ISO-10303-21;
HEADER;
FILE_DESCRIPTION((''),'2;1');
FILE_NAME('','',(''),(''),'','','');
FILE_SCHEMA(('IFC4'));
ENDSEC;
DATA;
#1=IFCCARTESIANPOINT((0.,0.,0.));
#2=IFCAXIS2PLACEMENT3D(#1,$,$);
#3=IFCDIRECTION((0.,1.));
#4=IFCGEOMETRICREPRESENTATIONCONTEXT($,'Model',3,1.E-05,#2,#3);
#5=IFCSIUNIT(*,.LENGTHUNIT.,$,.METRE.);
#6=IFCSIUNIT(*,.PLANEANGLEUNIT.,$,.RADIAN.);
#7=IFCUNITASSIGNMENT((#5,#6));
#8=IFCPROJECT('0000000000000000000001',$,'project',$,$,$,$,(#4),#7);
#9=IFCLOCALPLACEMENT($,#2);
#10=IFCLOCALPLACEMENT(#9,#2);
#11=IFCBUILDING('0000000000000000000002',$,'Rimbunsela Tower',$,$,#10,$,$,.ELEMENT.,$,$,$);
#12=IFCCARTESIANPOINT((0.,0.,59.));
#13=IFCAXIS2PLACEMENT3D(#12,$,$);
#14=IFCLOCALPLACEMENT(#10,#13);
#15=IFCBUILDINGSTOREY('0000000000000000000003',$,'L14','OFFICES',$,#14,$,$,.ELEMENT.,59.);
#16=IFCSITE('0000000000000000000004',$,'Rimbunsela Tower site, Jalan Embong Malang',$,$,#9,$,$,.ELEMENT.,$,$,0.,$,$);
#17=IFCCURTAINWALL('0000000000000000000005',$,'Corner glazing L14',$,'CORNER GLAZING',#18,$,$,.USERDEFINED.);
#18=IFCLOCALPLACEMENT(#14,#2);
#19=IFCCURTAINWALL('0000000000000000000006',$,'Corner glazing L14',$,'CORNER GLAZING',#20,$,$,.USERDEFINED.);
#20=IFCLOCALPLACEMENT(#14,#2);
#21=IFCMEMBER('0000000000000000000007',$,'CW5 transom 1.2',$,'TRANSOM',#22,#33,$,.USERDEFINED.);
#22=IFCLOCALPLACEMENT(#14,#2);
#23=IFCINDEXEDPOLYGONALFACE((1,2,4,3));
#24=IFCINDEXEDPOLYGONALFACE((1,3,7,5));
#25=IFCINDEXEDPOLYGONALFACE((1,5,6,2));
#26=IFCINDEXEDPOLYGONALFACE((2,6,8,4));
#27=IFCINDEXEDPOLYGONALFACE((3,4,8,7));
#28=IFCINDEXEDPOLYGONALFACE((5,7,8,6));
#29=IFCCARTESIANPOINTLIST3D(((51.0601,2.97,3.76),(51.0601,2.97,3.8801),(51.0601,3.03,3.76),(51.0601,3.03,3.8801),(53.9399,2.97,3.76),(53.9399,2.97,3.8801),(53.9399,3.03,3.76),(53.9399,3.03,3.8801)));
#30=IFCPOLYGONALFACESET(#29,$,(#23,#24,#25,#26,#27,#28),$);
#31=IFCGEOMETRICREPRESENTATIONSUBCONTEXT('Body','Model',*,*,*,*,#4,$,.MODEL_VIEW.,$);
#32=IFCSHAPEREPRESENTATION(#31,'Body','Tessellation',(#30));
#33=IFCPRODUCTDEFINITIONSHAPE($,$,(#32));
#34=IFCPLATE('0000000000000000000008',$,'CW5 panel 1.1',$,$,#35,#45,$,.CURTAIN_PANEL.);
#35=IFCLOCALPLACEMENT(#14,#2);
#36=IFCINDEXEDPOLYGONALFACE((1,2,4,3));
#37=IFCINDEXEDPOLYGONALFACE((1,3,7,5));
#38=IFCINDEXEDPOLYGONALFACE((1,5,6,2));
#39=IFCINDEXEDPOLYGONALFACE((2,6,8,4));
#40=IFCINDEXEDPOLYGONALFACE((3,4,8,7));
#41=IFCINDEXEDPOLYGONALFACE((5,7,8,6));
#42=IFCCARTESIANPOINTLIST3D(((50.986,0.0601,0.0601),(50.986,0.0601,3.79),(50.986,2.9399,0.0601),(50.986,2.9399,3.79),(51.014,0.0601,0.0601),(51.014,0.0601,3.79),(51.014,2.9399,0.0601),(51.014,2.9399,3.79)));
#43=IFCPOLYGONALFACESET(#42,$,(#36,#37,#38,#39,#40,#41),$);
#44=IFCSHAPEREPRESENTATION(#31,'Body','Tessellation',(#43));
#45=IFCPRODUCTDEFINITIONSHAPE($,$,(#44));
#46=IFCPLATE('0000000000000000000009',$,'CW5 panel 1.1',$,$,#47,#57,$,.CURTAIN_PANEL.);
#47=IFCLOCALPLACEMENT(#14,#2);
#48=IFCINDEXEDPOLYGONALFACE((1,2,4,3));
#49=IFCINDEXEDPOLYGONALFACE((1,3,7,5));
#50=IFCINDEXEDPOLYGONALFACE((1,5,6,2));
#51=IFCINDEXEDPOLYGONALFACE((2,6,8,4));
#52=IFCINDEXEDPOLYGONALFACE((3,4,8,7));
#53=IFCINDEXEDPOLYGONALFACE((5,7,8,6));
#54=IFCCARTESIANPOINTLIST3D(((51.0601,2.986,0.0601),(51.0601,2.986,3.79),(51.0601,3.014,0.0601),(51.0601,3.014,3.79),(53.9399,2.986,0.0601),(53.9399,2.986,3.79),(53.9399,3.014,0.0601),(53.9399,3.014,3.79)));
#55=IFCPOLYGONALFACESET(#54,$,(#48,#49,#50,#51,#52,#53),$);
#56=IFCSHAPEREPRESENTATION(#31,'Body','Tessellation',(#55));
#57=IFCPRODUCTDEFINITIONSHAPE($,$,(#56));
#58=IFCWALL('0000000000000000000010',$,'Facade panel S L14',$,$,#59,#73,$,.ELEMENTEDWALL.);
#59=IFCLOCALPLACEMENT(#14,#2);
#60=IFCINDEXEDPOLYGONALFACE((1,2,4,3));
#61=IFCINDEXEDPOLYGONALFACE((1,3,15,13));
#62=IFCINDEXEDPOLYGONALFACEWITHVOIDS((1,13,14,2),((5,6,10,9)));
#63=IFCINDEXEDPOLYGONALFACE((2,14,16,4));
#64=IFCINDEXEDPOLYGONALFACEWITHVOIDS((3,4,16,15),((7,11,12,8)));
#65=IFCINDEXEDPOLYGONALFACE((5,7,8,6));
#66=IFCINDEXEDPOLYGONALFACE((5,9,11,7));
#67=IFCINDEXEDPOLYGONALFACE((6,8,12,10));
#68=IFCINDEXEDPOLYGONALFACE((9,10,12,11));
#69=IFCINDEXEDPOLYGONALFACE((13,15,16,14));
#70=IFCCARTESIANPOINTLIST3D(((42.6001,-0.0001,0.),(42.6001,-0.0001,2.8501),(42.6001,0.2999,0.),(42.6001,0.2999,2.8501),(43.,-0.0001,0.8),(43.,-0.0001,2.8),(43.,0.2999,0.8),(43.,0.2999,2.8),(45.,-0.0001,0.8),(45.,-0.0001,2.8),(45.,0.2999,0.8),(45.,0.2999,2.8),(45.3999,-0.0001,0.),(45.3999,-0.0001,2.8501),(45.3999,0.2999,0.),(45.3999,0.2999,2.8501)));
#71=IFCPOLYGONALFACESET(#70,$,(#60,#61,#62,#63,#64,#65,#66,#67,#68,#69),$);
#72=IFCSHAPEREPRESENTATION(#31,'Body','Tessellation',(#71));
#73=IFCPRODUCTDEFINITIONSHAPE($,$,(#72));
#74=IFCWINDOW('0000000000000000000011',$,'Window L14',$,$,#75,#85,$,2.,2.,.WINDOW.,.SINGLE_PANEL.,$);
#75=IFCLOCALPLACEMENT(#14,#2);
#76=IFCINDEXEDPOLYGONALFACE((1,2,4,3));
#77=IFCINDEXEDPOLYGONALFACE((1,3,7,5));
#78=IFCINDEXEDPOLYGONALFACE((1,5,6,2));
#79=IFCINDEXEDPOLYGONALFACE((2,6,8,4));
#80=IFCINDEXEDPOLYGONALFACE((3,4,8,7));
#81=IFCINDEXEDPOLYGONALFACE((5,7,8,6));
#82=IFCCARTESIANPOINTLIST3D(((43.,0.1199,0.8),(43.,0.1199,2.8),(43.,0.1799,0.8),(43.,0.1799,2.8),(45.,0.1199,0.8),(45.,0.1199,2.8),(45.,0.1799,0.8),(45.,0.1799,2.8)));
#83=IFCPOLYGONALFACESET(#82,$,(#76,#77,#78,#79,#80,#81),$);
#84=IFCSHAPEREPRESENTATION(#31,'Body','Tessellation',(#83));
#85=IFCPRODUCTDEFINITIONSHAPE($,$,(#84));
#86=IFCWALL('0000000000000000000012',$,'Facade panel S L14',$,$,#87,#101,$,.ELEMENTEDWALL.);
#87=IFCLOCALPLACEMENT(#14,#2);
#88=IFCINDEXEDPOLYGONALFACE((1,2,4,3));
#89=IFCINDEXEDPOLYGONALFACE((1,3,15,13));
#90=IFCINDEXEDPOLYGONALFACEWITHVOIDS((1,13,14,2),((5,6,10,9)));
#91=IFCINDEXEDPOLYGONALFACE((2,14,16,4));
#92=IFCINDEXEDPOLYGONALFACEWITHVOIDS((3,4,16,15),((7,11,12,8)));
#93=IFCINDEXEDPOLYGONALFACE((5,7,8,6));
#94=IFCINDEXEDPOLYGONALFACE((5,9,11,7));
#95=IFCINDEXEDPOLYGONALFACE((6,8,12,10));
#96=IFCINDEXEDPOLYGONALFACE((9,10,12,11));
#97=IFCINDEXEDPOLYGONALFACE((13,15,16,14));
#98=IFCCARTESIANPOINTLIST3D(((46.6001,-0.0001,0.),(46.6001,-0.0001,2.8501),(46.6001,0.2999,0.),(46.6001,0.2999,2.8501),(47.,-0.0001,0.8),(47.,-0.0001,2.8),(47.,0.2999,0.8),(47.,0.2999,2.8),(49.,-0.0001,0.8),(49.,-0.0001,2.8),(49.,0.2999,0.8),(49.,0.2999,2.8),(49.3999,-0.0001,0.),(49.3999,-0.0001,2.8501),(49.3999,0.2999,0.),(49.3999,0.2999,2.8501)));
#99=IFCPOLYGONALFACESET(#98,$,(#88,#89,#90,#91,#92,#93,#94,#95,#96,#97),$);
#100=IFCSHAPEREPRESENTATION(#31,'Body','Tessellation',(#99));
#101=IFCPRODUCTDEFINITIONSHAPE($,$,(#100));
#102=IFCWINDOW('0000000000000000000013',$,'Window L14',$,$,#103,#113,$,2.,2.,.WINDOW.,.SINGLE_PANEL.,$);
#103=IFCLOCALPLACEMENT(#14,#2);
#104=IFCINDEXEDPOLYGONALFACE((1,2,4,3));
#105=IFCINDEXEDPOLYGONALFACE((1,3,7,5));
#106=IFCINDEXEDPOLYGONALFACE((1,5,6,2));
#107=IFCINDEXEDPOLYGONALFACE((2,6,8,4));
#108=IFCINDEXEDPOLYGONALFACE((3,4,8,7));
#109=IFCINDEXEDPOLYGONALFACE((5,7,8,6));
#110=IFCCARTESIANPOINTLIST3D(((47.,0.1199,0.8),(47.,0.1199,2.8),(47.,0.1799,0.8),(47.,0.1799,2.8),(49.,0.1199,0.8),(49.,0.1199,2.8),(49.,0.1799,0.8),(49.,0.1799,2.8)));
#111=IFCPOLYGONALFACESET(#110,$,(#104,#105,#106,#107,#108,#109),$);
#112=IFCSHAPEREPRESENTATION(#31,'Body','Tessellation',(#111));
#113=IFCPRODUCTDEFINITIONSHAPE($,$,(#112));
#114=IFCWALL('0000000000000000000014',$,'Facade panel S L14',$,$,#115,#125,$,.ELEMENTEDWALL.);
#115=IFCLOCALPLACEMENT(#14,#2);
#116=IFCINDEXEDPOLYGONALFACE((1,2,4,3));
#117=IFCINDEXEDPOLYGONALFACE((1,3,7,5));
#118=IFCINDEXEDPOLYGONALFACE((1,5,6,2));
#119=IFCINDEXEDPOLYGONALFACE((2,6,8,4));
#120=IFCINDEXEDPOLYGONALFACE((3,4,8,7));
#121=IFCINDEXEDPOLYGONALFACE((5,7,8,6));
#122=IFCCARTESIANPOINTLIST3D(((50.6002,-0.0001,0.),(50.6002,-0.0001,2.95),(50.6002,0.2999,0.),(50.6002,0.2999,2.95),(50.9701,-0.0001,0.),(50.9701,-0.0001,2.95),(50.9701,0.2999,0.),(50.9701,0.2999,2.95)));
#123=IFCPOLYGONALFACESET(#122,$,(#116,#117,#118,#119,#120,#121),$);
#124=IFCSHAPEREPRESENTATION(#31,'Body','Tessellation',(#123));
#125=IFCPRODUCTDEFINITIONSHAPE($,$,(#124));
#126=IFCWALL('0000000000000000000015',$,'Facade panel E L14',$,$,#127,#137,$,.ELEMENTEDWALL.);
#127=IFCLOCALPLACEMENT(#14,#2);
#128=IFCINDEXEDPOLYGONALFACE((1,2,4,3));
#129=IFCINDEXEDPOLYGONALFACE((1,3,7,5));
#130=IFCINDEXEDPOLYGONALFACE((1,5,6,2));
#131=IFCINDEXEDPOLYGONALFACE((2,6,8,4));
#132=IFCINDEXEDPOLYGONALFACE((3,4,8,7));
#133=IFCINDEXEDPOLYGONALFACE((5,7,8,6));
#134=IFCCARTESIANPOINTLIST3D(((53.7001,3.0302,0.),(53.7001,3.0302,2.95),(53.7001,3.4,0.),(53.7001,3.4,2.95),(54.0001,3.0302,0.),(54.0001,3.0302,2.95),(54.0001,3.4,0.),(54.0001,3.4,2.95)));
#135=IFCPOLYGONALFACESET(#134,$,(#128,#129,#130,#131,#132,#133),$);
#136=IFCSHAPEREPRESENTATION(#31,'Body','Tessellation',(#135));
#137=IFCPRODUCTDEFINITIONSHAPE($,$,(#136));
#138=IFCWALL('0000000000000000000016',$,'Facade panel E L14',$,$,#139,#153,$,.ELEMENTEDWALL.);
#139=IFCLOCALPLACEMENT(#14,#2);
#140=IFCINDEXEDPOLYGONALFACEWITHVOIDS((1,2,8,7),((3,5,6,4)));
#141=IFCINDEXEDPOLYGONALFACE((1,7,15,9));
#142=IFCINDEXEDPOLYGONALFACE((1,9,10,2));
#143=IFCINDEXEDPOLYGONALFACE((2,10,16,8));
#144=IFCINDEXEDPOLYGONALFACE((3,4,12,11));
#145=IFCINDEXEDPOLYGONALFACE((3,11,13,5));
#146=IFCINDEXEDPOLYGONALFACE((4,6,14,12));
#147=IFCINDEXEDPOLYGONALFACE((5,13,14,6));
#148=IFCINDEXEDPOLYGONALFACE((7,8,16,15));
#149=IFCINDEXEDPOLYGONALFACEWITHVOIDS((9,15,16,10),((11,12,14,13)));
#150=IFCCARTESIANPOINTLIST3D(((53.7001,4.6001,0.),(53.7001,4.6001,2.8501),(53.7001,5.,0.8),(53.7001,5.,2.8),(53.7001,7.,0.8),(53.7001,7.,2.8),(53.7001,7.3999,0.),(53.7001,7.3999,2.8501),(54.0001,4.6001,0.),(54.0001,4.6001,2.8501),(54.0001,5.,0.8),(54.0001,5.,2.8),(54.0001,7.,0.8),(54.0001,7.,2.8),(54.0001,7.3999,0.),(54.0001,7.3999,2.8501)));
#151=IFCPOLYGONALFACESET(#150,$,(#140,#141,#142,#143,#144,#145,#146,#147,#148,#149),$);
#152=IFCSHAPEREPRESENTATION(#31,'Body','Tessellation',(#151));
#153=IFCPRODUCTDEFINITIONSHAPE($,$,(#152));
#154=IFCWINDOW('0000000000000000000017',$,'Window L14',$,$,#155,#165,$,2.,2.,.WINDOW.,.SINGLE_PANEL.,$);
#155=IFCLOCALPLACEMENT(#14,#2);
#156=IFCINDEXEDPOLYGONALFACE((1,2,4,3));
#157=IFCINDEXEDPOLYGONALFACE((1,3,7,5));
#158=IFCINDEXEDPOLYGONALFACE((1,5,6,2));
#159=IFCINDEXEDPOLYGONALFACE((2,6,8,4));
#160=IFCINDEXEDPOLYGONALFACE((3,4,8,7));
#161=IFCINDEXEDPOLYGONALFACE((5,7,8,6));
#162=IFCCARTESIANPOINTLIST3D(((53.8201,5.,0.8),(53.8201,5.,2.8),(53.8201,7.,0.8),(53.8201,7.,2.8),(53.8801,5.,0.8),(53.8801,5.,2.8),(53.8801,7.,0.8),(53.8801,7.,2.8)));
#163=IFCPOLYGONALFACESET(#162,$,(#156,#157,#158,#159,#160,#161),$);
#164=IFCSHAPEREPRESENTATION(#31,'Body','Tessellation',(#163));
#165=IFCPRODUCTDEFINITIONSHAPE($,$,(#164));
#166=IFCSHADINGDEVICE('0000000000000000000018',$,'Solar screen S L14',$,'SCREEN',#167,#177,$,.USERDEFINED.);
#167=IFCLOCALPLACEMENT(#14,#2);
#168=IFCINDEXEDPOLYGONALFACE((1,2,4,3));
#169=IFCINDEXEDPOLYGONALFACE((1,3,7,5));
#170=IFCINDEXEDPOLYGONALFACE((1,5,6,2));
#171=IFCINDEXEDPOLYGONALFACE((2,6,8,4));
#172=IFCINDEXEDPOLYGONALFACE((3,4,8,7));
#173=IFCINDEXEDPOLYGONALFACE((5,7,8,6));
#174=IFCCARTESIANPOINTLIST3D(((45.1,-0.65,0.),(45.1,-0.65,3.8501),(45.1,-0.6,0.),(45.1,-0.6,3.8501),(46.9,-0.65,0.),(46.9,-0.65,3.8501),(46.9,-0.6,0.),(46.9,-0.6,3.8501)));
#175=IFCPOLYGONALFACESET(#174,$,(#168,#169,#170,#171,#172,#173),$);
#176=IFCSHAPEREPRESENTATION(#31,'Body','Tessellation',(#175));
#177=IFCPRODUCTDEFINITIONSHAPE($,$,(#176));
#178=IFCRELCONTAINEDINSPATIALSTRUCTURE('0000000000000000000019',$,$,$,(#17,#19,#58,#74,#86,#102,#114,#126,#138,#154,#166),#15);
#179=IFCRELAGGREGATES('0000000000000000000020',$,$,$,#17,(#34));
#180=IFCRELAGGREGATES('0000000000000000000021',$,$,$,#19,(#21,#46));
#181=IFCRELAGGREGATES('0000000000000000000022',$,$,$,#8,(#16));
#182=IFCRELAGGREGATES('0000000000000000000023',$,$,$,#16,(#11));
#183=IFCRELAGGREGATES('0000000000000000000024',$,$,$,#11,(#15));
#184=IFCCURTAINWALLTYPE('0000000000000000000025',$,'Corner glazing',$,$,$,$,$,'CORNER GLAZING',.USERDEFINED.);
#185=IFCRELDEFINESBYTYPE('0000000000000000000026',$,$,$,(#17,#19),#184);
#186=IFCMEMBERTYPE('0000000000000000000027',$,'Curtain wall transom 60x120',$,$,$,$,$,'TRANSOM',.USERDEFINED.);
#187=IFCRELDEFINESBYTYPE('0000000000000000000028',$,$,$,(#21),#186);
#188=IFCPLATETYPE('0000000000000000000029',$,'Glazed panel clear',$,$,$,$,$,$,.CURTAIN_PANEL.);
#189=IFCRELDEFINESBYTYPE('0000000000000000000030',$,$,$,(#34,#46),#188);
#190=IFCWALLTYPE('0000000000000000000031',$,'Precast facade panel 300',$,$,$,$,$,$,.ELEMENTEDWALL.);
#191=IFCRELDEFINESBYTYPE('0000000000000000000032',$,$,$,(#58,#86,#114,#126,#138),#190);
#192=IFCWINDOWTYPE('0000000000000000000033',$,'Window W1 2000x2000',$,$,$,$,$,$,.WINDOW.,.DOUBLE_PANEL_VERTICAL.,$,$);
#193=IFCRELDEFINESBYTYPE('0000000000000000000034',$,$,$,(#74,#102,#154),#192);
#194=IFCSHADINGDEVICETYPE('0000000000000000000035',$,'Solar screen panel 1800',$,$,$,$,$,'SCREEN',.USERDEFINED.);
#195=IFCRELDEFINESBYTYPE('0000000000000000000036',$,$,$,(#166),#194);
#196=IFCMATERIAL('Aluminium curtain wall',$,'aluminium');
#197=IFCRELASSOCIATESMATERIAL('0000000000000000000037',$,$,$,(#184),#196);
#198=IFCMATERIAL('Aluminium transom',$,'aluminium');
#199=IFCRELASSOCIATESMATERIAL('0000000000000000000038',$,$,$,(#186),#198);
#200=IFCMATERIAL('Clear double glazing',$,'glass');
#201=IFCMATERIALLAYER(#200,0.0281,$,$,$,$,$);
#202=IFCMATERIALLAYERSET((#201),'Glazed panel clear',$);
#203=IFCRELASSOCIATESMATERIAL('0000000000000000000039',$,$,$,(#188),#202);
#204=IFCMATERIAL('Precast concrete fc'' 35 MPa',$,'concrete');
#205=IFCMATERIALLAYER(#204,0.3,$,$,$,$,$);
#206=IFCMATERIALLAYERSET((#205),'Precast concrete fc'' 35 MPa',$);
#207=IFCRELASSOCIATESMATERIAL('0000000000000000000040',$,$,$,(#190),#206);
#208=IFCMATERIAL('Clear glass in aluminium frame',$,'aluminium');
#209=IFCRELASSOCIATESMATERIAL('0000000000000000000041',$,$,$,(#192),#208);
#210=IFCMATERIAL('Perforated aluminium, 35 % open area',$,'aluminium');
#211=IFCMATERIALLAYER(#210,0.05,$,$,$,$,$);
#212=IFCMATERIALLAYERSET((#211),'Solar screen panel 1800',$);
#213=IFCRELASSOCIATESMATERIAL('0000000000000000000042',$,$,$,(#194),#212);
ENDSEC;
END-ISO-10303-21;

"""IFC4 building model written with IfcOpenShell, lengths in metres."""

from ifc_helpers import new_model, si_unit, direction, frame, frame_2d, origin, origin_2d, place, context, subcontext, project, spatial, rectangle, extrude, material, layer, layer_set, material_profile, profile_set, type_object, element, fill, aggregate, save


model = new_model("IFC4")

# Units and contexts
model_context = context("Model", 3, precision=1e-05, world=origin(), true_north=direction((0.0, 1.0)))
body_context = subcontext(model_context, "Body", "Model", "MODEL_VIEW")
ifc_project = project(units=[si_unit("LENGTHUNIT", "METRE"), si_unit("PLANEANGLEUNIT", "RADIAN")], contexts=[model_context])

# Site, building, storey
site_placement = place(None, origin())
site = spatial("IfcSite", under=ifc_project, at=site_placement, Name="Rimbunsela Tower site, Jalan Embong Malang", CompositionType="ELEMENT", RefElevation=0.0)
building_placement = place(site_placement, origin())
building = spatial("IfcBuilding", under=site, at=building_placement, Name="Rimbunsela Tower", CompositionType="ELEMENT")
storey_placement = place(building_placement, frame((0.0, 0.0, 59.0)))
storey = spatial("IfcBuildingStorey", under=building, at=storey_placement, Name="L14", Description="OFFICES", CompositionType="ELEMENT", Elevation=59.0)

# Curtain walls
ifc_material_1 = material(Name="Aluminium curtain wall", Category="aluminium")
curtain_wall_type = type_object("IfcCurtainWallType", Name="Corner glazing", ElementType="CORNER GLAZING", PredefinedType="USERDEFINED", material=ifc_material_1)
curtain_wall_1_placement = place(storey_placement, origin())
curtain_wall_1 = element("IfcCurtainWall", 1, at=curtain_wall_1_placement, inside=storey, type_object=curtain_wall_type, Name="Corner glazing L14", ObjectType="CORNER GLAZING", PredefinedType="USERDEFINED")
curtain_wall_2_placement = place(storey_placement, origin())
curtain_wall_2 = element("IfcCurtainWall", 2, at=curtain_wall_2_placement, inside=storey, type_object=curtain_wall_type, Name="Corner glazing L14", ObjectType="CORNER GLAZING", PredefinedType="USERDEFINED")

# Member
ifc_material_2 = material(Name="Aluminium transom", Category="aluminium")
ifc_material_profile_1 = material_profile(ifc_material_2, rectangle(XDim=0.0601, YDim=0.1201, at=origin_2d()), Name="Transom 60x120")
ifc_profile_set_1 = profile_set([ifc_material_profile_1], Name="Aluminium transom")
member_type_1 = type_object("IfcMemberType", Name="Curtain wall transom 60x120", ElementType="TRANSOM", PredefinedType="USERDEFINED", material=ifc_profile_set_1)
member_1_placement = place(storey_placement, frame((51.0601, 3.0, 3.8201), z_axis=(1.0, 0.0, 0.0), x_axis=(0.0, 1.0, 0.0)))
member_1 = element("IfcMember", 3, at=member_1_placement, type_object=member_type_1, Name="CW5 transom 1.2", ObjectType="TRANSOM", PredefinedType="USERDEFINED", context=body_context, shape_type="SweptSolid", body=[
    extrude(rectangle(XDim=0.0601, YDim=0.1201, at=origin_2d()), origin(), (0.0, 0.0, 1.0), 2.8799),
])

# Plates
ifc_material_3 = material(Name="Clear double glazing", Category="glass")
ifc_layer_1 = layer(ifc_material_3, 0.0281)
ifc_layer_set_1 = layer_set([ifc_layer_1], Name="Glazed panel clear")
plate_type = type_object("IfcPlateType", Name="Glazed panel clear", PredefinedType="CURTAIN_PANEL", material=ifc_layer_set_1)
plate_1_placement = place(storey_placement, frame((51.0, 1.5, 0.0601), z_axis=(0.0, 0.0, 1.0), x_axis=(0.0, 1.0, 0.0)))
plate_1 = element("IfcPlate", 4, at=plate_1_placement, type_object=plate_type, Name="CW5 panel 1.1", PredefinedType="CURTAIN_PANEL", context=body_context, shape_type="SweptSolid", body=[
    extrude(rectangle(XDim=2.8799, YDim=0.0281, at=origin_2d()), origin(), (0.0, 0.0, 1.0), 3.73),
])
aggregate(curtain_wall_1, [plate_1])
plate_2_placement = place(storey_placement, frame((52.5, 3.0, 0.0601), z_axis=(0.0, 0.0, 1.0), x_axis=(1.0, 0.0, 0.0)))
plate_2 = element("IfcPlate", 5, at=plate_2_placement, type_object=plate_type, Name="CW5 panel 1.1", PredefinedType="CURTAIN_PANEL", context=body_context, shape_type="SweptSolid", body=[
    extrude(rectangle(XDim=2.8799, YDim=0.0281, at=origin_2d()), origin(), (0.0, 0.0, 1.0), 3.73),
])
aggregate(curtain_wall_2, [member_1, plate_2])

# Walls, openings, windows
ifc_material_4 = material(Name="Precast concrete fc' 35 MPa", Category="concrete")
ifc_layer_2 = layer(ifc_material_4, 0.3)
ifc_layer_set_2 = layer_set([ifc_layer_2], Name="Precast concrete fc' 35 MPa")
wall_type = type_object("IfcWallType", Name="Precast facade panel 300", PredefinedType="ELEMENTEDWALL", material=ifc_layer_set_2)
wall_1_placement = place(storey_placement, frame((42.6001, 0.1499, 0.0), z_axis=(0.0, 0.0, 1.0), x_axis=(1.0, 0.0, 0.0)))
wall_1 = element("IfcWall", 6, at=wall_1_placement, inside=storey, type_object=wall_type, Name="Facade panel S L14", PredefinedType="ELEMENTEDWALL", context=body_context, shape_type="SweptSolid", body=[
    extrude(rectangle(XDim=2.7998, YDim=0.3, at=frame_2d((1.3999, 0.0))), origin(), (0.0, 0.0, 1.0), 2.8501),
])
opening_1_placement = place(wall_1_placement, frame((0.3999, 0.0, 0.8)))
opening_1 = element("IfcOpeningElement", 7, at=opening_1_placement, cuts=wall_1, PredefinedType="OPENING", context=body_context, shape_type="SweptSolid", body=[
    extrude(rectangle(XDim=2.0, YDim=2.0, at=frame_2d((1.0, 1.0))), frame((0.0, 0.1599, 0.0), z_axis=(0.0, -1.0, 0.0), x_axis=(1.0, 0.0, 0.0)), (0.0, 0.0, 1.0), 0.3201),
])
ifc_material_5 = material(Name="Clear glass in aluminium frame", Category="aluminium")
window_type = type_object("IfcWindowType", Name="Window W1 2000x2000", PartitioningType="DOUBLE_PANEL_VERTICAL", PredefinedType="WINDOW", material=ifc_material_5)
window_1_placement = place(opening_1_placement, origin())
window_1 = element("IfcWindow", 8, at=window_1_placement, inside=storey, type_object=window_type, Name="Window L14", OverallHeight=2.0, OverallWidth=2.0, PartitioningType="SINGLE_PANEL", PredefinedType="WINDOW", context=body_context, shape_type="SweptSolid", body=[
    extrude(rectangle(XDim=2.0, YDim=2.0, at=frame_2d((1.0, 1.0))), frame((0.0, 0.03, 0.0), z_axis=(0.0, -1.0, 0.0), x_axis=(1.0, 0.0, 0.0)), (0.0, 0.0, 1.0), 0.0601),
])
fill(opening_1, window_1)
wall_2_placement = place(storey_placement, frame((46.6001, 0.1499, 0.0), z_axis=(0.0, 0.0, 1.0), x_axis=(1.0, 0.0, 0.0)))
wall_2 = element("IfcWall", 9, at=wall_2_placement, inside=storey, type_object=wall_type, Name="Facade panel S L14", PredefinedType="ELEMENTEDWALL", context=body_context, shape_type="SweptSolid", body=[
    extrude(rectangle(XDim=2.7998, YDim=0.3, at=frame_2d((1.3999, 0.0))), origin(), (0.0, 0.0, 1.0), 2.8501),
])
opening_2_placement = place(wall_2_placement, frame((0.3999, 0.0, 0.8)))
opening_2 = element("IfcOpeningElement", 10, at=opening_2_placement, cuts=wall_2, PredefinedType="OPENING", context=body_context, shape_type="SweptSolid", body=[
    extrude(rectangle(XDim=2.0, YDim=2.0, at=frame_2d((1.0, 1.0))), frame((0.0, 0.1599, 0.0), z_axis=(0.0, -1.0, 0.0), x_axis=(1.0, 0.0, 0.0)), (0.0, 0.0, 1.0), 0.3201),
])
window_2_placement = place(opening_2_placement, origin())
window_2 = element("IfcWindow", 11, at=window_2_placement, inside=storey, type_object=window_type, Name="Window L14", OverallHeight=2.0, OverallWidth=2.0, PartitioningType="SINGLE_PANEL", PredefinedType="WINDOW", context=body_context, shape_type="SweptSolid", body=[
    extrude(rectangle(XDim=2.0, YDim=2.0, at=frame_2d((1.0, 1.0))), frame((0.0, 0.03, 0.0), z_axis=(0.0, -1.0, 0.0), x_axis=(1.0, 0.0, 0.0)), (0.0, 0.0, 1.0), 0.0601),
])
fill(opening_2, window_2)

# Walls
for number, where, z_axis, x_axis, name in (
    (12, (50.6001, 0.1499, 0.0), (0.0, 0.0, 1.0), (1.0, 0.0, 0.0), "Facade panel S L14"),
    (13, (53.8501, 3.03, 0.0), (0.0, 0.0, 1.0), (0.0, 1.0, 0.0), "Facade panel E L14"),
):
    element("IfcWall", number, at=place(storey_placement, frame(where, z_axis=z_axis, x_axis=x_axis)), inside=storey, type_object=wall_type, Name=name, PredefinedType="ELEMENTEDWALL", context=body_context, shape_type="SweptSolid", body=[
        extrude(rectangle(XDim=0.3699, YDim=0.3, at=frame_2d((0.1851, 0.0))), origin(), (0.0, 0.0, 1.0), 2.95),
    ])

# Wall, opening, window
wall_3_placement = place(storey_placement, frame((53.8501, 4.6001, 0.0), z_axis=(0.0, 0.0, 1.0), x_axis=(0.0, 1.0, 0.0)))
wall_3 = element("IfcWall", 14, at=wall_3_placement, inside=storey, type_object=wall_type, Name="Facade panel E L14", PredefinedType="ELEMENTEDWALL", context=body_context, shape_type="SweptSolid", body=[
    extrude(rectangle(XDim=2.7998, YDim=0.3, at=frame_2d((1.3999, 0.0))), origin(), (0.0, 0.0, 1.0), 2.8501),
])
opening_3_placement = place(wall_3_placement, frame((0.3999, 0.0, 0.8)))
opening_3 = element("IfcOpeningElement", 15, at=opening_3_placement, cuts=wall_3, PredefinedType="OPENING", context=body_context, shape_type="SweptSolid", body=[
    extrude(rectangle(XDim=2.0, YDim=2.0, at=frame_2d((1.0, 1.0))), frame((0.0, 0.1599, 0.0), z_axis=(0.0, -1.0, 0.0), x_axis=(1.0, 0.0, 0.0)), (0.0, 0.0, 1.0), 0.3201),
])
window_3_placement = place(opening_3_placement, origin())
window_3 = element("IfcWindow", 16, at=window_3_placement, inside=storey, type_object=window_type, Name="Window L14", OverallHeight=2.0, OverallWidth=2.0, PartitioningType="SINGLE_PANEL", PredefinedType="WINDOW", context=body_context, shape_type="SweptSolid", body=[
    extrude(rectangle(XDim=2.0, YDim=2.0, at=frame_2d((1.0, 1.0))), frame((0.0, 0.03, 0.0), z_axis=(0.0, -1.0, 0.0), x_axis=(1.0, 0.0, 0.0)), (0.0, 0.0, 1.0), 0.0601),
])
fill(opening_3, window_3)

# Shading device
ifc_material_6 = material(Name="Perforated aluminium, 35 % open area", Category="aluminium")
ifc_layer_3 = layer(ifc_material_6, 0.05)
ifc_layer_set_3 = layer_set([ifc_layer_3], Name="Solar screen panel 1800")
shading_device_type = type_object("IfcShadingDeviceType", Name="Solar screen panel 1800", ElementType="SCREEN", PredefinedType="USERDEFINED", material=ifc_layer_set_3)
for number, where, z_axis, x_axis, name in (
    (17, (46.0, -0.625, 0.0), (0.0, 0.0, 1.0), (1.0, 0.0, 0.0), "Solar screen S L14"),
):
    element("IfcShadingDevice", number, at=place(storey_placement, frame(where, z_axis=z_axis, x_axis=x_axis)), inside=storey, type_object=shading_device_type, Name=name, ObjectType="SCREEN", PredefinedType="USERDEFINED", context=body_context, shape_type="SweptSolid", body=[
        extrude(rectangle(XDim=1.8, YDim=0.05, at=origin_2d()), origin(), (0.0, 0.0, 1.0), 3.8501),
    ])

save(model, "model.ifc")
